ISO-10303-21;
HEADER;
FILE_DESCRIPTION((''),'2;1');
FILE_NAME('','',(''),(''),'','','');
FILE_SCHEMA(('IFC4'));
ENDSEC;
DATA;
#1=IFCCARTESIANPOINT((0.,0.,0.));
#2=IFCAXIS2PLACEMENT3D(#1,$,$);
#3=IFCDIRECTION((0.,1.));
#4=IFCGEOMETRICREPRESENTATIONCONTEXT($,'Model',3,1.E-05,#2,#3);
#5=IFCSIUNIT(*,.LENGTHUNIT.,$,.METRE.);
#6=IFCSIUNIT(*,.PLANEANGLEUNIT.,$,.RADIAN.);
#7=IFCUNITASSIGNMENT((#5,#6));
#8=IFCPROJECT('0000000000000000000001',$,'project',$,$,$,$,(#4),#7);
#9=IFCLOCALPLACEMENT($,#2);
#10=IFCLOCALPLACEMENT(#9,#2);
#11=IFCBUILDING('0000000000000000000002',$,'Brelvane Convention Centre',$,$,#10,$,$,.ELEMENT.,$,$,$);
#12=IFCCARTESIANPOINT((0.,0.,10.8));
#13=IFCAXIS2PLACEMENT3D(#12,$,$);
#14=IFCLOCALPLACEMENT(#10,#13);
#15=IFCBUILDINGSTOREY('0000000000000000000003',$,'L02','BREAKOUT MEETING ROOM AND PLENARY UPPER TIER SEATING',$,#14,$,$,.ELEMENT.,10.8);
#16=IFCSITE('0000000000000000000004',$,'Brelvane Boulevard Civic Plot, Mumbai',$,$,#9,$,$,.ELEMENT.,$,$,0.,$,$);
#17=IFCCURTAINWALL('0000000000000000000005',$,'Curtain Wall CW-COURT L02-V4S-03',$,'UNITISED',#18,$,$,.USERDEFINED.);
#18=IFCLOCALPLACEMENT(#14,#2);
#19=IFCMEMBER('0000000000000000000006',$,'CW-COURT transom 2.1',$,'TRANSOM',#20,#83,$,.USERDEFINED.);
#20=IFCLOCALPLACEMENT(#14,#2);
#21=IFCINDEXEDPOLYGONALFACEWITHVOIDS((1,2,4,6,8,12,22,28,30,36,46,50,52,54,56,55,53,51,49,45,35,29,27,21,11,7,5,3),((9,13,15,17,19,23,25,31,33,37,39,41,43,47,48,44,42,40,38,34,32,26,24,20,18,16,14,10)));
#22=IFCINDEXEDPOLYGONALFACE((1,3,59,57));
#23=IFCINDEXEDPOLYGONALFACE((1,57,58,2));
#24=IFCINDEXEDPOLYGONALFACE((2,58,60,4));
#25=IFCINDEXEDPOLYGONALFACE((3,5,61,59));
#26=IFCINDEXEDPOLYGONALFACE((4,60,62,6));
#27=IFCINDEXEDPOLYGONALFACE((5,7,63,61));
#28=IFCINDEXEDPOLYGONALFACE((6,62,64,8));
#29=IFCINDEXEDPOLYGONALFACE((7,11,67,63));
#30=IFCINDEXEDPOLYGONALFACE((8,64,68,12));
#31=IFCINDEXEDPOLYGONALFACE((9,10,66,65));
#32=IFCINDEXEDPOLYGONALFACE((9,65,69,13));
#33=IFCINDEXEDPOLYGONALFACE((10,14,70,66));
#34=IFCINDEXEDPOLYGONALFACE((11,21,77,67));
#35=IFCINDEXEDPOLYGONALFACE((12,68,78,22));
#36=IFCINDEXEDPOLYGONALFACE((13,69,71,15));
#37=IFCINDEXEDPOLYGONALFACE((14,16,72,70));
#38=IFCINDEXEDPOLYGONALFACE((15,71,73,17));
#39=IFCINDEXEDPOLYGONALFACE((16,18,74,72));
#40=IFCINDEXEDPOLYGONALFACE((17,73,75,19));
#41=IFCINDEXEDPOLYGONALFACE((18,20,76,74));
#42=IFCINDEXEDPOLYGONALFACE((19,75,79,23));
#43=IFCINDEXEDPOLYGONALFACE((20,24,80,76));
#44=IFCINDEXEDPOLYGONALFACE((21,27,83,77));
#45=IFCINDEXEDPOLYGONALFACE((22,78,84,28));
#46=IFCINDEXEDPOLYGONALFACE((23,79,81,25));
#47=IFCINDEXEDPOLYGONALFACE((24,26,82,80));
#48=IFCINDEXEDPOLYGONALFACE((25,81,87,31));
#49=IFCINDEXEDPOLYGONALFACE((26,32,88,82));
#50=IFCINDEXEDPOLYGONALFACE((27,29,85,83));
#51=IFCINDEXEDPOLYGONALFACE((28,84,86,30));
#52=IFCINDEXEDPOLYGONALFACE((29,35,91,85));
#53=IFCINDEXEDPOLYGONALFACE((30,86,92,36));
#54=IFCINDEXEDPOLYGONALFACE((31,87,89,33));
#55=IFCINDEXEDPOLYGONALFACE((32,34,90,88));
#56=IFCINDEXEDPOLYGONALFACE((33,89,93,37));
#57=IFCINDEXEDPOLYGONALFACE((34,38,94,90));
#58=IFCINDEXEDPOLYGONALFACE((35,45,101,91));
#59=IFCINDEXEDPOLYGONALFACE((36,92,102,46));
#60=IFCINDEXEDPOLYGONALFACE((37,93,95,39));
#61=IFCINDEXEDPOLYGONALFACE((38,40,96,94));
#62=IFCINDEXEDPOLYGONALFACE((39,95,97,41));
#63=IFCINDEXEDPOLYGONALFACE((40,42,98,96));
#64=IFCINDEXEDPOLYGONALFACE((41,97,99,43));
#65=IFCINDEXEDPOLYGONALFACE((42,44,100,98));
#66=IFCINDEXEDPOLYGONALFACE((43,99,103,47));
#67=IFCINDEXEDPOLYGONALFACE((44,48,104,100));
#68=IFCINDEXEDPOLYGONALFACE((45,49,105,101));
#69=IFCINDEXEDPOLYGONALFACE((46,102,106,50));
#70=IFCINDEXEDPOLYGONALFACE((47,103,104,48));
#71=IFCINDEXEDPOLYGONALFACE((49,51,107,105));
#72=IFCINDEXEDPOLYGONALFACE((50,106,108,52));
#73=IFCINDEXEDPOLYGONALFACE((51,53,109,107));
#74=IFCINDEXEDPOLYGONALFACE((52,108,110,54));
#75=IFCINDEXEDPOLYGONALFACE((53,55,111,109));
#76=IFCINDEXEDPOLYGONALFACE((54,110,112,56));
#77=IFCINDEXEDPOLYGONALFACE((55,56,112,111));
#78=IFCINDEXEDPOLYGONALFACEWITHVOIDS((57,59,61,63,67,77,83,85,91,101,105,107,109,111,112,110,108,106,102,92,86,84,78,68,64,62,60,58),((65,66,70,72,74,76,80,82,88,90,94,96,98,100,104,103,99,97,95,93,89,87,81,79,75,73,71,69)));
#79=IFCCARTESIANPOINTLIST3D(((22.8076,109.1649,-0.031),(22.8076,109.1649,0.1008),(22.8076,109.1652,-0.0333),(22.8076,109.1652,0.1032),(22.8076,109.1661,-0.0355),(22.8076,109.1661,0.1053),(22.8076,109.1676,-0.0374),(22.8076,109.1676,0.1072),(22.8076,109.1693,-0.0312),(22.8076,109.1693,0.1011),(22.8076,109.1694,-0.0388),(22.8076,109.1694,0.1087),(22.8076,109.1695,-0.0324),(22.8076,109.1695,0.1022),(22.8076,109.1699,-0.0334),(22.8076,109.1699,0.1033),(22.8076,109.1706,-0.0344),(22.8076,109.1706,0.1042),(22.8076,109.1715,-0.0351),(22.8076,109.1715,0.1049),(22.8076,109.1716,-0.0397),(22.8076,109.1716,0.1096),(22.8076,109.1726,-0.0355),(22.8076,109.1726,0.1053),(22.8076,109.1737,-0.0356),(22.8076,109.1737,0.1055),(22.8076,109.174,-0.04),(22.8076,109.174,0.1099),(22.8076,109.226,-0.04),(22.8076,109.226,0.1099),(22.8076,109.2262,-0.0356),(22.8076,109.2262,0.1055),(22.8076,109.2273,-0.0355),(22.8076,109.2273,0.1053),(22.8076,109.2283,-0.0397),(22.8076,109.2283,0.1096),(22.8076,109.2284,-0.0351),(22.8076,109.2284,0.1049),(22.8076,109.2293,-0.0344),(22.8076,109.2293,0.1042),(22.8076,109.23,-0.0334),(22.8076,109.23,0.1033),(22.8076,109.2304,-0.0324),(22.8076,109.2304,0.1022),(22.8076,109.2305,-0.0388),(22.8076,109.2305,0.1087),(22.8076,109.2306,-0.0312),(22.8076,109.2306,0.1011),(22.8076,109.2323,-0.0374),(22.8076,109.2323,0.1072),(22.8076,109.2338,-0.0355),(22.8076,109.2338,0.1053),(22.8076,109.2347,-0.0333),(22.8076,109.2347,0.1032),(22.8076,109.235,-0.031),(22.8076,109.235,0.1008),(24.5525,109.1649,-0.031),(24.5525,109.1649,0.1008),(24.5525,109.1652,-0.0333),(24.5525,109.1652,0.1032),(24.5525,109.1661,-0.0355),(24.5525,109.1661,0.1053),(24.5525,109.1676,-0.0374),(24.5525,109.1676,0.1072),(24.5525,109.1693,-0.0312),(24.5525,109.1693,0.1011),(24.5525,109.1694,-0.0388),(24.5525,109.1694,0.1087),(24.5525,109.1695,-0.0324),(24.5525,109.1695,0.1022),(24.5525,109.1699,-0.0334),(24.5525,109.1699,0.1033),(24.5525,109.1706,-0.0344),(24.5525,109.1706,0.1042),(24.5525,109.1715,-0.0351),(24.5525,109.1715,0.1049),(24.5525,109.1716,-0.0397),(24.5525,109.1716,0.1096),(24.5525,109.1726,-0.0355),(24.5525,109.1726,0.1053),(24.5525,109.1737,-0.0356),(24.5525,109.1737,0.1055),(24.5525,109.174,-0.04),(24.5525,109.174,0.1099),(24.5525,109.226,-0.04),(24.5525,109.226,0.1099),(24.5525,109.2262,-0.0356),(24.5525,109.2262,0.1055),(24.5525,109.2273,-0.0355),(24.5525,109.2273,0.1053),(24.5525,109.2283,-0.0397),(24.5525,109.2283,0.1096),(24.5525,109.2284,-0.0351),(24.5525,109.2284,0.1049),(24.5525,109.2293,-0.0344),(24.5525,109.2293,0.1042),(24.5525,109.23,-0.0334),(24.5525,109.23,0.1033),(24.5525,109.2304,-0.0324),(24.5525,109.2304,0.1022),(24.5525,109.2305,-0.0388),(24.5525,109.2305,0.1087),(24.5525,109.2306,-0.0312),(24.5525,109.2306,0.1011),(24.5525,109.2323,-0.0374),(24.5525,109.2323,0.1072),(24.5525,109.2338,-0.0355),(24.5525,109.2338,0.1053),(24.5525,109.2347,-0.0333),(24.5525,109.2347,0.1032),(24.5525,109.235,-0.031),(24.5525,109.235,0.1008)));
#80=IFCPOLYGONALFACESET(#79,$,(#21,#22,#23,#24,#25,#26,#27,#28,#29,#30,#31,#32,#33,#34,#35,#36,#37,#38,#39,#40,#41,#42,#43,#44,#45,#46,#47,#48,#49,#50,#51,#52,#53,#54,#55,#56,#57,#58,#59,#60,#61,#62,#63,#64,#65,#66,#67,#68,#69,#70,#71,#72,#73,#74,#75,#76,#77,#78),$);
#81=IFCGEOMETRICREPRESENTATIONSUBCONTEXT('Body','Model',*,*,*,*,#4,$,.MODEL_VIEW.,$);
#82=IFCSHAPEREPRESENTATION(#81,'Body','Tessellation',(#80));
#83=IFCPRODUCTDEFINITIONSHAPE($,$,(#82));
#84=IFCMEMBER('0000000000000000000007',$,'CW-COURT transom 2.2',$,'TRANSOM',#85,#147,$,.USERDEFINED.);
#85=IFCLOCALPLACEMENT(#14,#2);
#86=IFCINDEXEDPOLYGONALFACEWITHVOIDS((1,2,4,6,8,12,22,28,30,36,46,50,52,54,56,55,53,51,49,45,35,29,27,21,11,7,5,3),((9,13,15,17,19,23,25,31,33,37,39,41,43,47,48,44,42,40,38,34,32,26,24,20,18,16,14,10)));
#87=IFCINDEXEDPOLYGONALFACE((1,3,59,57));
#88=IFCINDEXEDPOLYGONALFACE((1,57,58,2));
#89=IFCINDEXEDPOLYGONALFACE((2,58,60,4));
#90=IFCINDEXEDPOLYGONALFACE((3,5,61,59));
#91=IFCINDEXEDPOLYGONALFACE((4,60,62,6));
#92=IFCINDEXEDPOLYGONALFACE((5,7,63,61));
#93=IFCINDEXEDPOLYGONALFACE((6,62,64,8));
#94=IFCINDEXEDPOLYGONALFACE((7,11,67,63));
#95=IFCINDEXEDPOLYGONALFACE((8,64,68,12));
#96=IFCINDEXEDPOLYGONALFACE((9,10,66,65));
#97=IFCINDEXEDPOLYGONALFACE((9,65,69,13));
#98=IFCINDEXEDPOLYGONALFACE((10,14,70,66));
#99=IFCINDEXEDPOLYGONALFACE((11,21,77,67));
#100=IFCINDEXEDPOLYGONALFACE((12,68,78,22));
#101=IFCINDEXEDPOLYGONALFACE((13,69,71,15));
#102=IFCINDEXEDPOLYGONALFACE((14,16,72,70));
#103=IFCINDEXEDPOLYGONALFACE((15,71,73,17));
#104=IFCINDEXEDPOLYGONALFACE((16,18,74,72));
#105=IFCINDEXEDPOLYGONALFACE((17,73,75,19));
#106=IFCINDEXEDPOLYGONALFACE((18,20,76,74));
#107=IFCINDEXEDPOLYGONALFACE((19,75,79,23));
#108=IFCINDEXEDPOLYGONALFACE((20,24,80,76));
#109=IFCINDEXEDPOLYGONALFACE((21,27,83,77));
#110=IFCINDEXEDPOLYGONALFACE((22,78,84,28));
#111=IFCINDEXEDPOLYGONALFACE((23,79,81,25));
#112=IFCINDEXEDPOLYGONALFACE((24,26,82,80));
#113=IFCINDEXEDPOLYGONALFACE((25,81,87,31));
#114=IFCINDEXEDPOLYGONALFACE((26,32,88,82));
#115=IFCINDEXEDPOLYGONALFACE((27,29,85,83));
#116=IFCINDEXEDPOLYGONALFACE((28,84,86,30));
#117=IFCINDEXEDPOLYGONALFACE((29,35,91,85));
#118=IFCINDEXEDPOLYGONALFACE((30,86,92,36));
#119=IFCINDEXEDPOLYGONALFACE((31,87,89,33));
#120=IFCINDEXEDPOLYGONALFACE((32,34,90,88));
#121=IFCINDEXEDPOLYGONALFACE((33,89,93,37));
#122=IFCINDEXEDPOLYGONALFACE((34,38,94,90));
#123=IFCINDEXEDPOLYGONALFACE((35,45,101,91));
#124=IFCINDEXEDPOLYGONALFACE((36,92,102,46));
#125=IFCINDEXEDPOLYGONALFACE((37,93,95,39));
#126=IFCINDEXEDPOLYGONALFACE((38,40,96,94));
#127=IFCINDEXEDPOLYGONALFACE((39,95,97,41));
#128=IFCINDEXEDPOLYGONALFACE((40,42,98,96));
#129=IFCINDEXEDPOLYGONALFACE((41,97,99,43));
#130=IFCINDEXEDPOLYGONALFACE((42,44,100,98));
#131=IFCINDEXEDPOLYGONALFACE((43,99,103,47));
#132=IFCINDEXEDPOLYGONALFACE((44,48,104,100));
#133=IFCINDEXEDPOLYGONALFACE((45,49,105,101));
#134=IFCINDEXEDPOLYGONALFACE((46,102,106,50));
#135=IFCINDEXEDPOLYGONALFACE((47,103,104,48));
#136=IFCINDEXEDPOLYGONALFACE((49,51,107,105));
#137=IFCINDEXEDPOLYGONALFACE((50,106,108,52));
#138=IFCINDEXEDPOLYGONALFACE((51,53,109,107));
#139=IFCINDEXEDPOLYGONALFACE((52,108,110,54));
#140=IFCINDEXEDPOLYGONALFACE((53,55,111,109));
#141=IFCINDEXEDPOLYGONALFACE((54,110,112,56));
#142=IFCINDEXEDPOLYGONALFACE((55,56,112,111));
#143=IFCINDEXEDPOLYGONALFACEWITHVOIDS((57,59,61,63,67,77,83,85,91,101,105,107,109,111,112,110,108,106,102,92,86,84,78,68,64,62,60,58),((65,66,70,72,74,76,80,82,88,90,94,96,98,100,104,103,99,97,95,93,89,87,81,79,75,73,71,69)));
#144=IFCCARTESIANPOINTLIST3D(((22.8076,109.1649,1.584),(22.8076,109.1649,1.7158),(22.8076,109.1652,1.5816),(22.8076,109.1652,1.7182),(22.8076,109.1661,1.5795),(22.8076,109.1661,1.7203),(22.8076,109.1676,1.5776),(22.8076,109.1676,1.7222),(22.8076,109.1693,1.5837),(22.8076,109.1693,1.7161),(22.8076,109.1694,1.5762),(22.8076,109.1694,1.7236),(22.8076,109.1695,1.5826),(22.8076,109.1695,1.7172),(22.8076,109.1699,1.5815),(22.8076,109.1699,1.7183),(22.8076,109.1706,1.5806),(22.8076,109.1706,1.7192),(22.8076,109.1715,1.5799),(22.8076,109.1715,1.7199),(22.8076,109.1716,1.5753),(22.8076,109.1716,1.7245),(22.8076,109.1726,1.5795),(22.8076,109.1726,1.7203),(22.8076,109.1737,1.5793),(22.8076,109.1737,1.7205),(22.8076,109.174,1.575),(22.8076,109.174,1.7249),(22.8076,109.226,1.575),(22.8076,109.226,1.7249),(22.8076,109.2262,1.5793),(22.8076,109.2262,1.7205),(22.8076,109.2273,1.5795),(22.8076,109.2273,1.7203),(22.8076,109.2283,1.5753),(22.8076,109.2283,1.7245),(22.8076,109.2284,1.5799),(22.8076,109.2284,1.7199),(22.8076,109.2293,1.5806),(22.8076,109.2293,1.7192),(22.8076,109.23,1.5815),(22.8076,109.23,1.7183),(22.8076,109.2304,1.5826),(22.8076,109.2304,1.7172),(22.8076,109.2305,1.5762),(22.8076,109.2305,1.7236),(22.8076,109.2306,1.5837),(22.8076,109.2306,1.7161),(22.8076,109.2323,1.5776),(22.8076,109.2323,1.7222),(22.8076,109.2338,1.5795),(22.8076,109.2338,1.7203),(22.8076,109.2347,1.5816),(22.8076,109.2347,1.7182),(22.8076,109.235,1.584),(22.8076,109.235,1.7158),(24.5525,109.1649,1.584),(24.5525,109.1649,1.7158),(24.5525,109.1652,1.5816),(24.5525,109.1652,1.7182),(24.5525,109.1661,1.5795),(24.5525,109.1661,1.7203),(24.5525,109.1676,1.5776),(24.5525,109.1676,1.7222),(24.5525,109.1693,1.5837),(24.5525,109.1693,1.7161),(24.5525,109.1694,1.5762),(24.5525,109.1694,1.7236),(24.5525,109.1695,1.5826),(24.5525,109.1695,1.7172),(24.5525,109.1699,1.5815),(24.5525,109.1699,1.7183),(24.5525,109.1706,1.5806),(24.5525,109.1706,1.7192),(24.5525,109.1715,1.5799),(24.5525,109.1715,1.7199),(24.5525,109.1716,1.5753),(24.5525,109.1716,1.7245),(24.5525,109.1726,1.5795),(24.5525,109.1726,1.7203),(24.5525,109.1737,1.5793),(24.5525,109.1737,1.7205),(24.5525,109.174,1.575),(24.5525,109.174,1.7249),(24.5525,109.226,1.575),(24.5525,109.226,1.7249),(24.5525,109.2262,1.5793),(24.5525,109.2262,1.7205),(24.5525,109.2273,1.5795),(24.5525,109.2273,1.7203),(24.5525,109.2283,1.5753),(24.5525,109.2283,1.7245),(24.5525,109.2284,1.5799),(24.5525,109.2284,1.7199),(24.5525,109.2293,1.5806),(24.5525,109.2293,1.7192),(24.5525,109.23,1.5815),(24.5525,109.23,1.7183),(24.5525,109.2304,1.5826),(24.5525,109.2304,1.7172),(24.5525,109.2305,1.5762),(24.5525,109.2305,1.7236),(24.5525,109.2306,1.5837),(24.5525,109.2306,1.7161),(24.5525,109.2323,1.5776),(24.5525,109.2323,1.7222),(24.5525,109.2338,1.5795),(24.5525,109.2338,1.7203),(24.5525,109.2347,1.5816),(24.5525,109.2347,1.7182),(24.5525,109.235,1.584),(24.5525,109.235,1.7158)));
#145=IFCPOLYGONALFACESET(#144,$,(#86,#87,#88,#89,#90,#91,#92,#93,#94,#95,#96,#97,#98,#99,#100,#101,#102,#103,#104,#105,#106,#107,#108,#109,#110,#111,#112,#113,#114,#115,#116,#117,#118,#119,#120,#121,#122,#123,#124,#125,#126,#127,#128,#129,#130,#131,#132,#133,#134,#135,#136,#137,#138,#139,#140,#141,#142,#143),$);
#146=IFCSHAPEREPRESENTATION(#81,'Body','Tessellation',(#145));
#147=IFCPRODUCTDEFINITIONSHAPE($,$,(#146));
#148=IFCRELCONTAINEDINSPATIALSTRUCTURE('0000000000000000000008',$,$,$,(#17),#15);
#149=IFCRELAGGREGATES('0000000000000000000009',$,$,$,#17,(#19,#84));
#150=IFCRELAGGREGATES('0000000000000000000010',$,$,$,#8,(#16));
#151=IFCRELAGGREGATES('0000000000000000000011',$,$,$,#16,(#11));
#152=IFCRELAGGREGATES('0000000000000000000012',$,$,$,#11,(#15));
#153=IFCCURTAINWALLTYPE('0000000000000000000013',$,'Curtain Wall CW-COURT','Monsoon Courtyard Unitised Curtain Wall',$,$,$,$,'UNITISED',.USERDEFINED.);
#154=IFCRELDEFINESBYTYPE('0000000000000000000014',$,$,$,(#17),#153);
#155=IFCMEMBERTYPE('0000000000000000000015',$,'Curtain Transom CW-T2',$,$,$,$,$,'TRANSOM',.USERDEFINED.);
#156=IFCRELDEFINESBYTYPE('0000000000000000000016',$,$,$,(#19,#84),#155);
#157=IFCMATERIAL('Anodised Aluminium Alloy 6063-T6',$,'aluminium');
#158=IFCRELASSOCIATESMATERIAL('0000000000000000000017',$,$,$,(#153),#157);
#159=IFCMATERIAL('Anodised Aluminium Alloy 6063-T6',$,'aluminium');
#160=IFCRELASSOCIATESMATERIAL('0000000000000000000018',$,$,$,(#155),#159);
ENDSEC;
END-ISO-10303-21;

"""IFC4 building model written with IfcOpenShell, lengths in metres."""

from ifc_helpers import new_model, si_unit, direction, frame, origin, origin_2d, place, context, subcontext, project, spatial, hollow_rectangle, extrude, material, material_profile, profile_set, type_object, element, aggregate, save


model = new_model("IFC4")

# Units and contexts
model_context = context("Model", 3, precision=1e-05, world=origin(), true_north=direction((0.0, 1.0)))
body_context = subcontext(model_context, "Body", "Model", "MODEL_VIEW")
ifc_project = project(units=[si_unit("LENGTHUNIT", "METRE"), si_unit("PLANEANGLEUNIT", "RADIAN")], contexts=[model_context])

# Site, building, storey
site_placement = place(None, origin())
site = spatial("IfcSite", under=ifc_project, at=site_placement, Name="Brelvane Boulevard Civic Plot, Mumbai", CompositionType="ELEMENT", RefElevation=0.0)
building_placement = place(site_placement, origin())
building = spatial("IfcBuilding", under=site, at=building_placement, Name="Brelvane Convention Centre", CompositionType="ELEMENT")
storey_placement = place(building_placement, frame((0.0, 0.0, 10.8)))
storey = spatial("IfcBuildingStorey", under=building, at=storey_placement, Name="L02", Description="BREAKOUT MEETING ROOM AND PLENARY UPPER TIER SEATING", CompositionType="ELEMENT", Elevation=10.8)

# Curtain wall
ifc_material_1 = material(Name="Anodised Aluminium Alloy 6063-T6", Category="aluminium")
curtain_wall_type_1 = type_object("IfcCurtainWallType", Name="Curtain Wall CW-COURT", Description="Monsoon Courtyard Unitised Curtain Wall", ElementType="UNITISED", PredefinedType="USERDEFINED", material=ifc_material_1)
curtain_wall_1_placement = place(storey_placement, origin())
curtain_wall_1 = element("IfcCurtainWall", 1, at=curtain_wall_1_placement, inside=storey, type_object=curtain_wall_type_1, Name="Curtain Wall CW-COURT L02-V4S-03", ObjectType="UNITISED", PredefinedType="USERDEFINED")

# Members
ifc_material_2 = material(Name="Anodised Aluminium Alloy 6063-T6", Category="aluminium")
ifc_material_profile_1 = material_profile(ifc_material_2, hollow_rectangle(XDim=0.0701, YDim=0.1499, WallThickness=0.0044, InnerFilletRadius=0.0044, OuterFilletRadius=0.009, at=origin_2d()), Name="ALU-T 150x70x4.5")
ifc_profile_set_1 = profile_set([ifc_material_profile_1], Name="Anodised Aluminium Alloy 6063-T6")
member_type_1 = type_object("IfcMemberType", Name="Curtain Transom CW-T2", ElementType="TRANSOM", PredefinedType="USERDEFINED", material=ifc_profile_set_1)
member_1_placement = place(storey_placement, frame((22.8076, 109.2, 0.0349), z_axis=(1.0, 0.0, 0.0), x_axis=(0.0, 1.0, 0.0)))
member_1 = element("IfcMember", 2, at=member_1_placement, type_object=member_type_1, Name="CW-COURT transom 2.1", ObjectType="TRANSOM", PredefinedType="USERDEFINED", context=body_context, shape_type="SweptSolid", body=[
    extrude(hollow_rectangle(XDim=0.0701, YDim=0.1499, WallThickness=0.0044, InnerFilletRadius=0.0044, OuterFilletRadius=0.009, at=origin_2d()), origin(), (0.0, 0.0, 1.0), 1.7449),
])
member_2_placement = place(storey_placement, frame((22.8076, 109.2, 1.6499), z_axis=(1.0, 0.0, 0.0), x_axis=(0.0, 1.0, 0.0)))
member_2 = element("IfcMember", 3, at=member_2_placement, type_object=member_type_1, Name="CW-COURT transom 2.2", ObjectType="TRANSOM", PredefinedType="USERDEFINED", context=body_context, shape_type="SweptSolid", body=[
    extrude(hollow_rectangle(XDim=0.0701, YDim=0.1499, WallThickness=0.0044, InnerFilletRadius=0.0044, OuterFilletRadius=0.009, at=origin_2d()), origin(), (0.0, 0.0, 1.0), 1.7449),
])

aggregate(curtain_wall_1, [member_1, member_2])

save(model, "model.ifc")
